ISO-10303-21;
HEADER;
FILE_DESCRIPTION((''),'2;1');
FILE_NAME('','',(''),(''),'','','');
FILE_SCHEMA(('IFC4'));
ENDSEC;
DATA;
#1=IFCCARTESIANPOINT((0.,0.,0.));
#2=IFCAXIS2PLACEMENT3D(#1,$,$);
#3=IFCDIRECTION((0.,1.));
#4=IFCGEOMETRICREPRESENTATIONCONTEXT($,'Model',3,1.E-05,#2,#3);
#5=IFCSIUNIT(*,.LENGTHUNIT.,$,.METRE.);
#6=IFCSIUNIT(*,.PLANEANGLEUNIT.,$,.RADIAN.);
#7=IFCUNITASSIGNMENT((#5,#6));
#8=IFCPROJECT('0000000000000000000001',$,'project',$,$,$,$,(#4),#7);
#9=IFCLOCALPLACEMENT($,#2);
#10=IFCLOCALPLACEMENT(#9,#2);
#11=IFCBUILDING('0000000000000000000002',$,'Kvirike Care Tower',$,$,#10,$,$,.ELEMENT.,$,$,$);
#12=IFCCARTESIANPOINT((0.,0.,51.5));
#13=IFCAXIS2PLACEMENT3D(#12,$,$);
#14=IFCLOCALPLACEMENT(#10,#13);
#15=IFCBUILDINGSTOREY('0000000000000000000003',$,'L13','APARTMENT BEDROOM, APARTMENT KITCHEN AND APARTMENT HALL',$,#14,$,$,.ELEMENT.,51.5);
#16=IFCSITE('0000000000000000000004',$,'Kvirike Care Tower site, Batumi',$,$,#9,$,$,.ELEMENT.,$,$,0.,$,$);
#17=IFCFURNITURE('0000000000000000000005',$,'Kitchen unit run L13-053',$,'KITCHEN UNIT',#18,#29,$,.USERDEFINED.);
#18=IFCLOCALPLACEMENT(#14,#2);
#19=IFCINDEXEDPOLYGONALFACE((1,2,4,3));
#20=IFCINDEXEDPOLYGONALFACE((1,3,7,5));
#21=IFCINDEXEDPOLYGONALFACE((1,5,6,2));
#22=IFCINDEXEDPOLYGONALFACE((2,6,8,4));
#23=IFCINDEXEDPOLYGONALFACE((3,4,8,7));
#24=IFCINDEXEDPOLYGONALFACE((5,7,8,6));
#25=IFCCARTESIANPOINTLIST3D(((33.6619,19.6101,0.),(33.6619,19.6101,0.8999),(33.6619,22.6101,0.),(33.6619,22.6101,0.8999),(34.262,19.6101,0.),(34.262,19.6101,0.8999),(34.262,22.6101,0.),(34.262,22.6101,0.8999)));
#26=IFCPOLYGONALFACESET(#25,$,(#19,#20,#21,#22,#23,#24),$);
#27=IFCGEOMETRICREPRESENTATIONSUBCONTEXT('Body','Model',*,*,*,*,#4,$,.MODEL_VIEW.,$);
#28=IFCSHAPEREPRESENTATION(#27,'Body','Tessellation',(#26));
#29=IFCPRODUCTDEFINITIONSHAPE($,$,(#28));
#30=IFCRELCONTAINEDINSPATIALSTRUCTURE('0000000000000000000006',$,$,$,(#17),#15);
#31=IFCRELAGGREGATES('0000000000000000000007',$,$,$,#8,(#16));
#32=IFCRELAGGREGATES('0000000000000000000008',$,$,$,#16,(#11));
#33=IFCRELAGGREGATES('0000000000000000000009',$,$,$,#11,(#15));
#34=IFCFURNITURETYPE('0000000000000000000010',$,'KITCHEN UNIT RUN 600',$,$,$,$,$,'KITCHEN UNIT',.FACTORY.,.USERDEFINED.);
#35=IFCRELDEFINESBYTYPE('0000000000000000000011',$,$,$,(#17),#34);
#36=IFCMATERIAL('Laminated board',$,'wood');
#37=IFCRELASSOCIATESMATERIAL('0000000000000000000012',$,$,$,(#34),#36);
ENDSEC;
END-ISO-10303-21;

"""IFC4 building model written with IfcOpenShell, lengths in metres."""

from ifc_helpers import new_model, si_unit, direction, frame, origin, origin_2d, place, context, subcontext, project, spatial, rectangle, extrude, material, type_object, element, save


model = new_model("IFC4")

# Units and contexts
model_context = context("Model", 3, precision=1e-05, world=origin(), true_north=direction((0.0, 1.0)))
body_context = subcontext(model_context, "Body", "Model", "MODEL_VIEW")
ifc_project = project(units=[si_unit("LENGTHUNIT", "METRE"), si_unit("PLANEANGLEUNIT", "RADIAN")], contexts=[model_context])

# Site, building, storey
site_placement = place(None, origin())
site = spatial("IfcSite", under=ifc_project, at=site_placement, Name="Kvirike Care Tower site, Batumi", CompositionType="ELEMENT", RefElevation=0.0)
building_placement = place(site_placement, origin())
building = spatial("IfcBuilding", under=site, at=building_placement, Name="Kvirike Care Tower", CompositionType="ELEMENT")
storey_placement = place(building_placement, frame((0.0, 0.0, 51.5)))
storey = spatial("IfcBuildingStorey", under=building, at=storey_placement, Name="L13", Description="APARTMENT BEDROOM, APARTMENT KITCHEN AND APARTMENT HALL", CompositionType="ELEMENT", Elevation=51.5)

# Furniture
ifc_material_1 = material(Name="Laminated board", Category="wood")
furniture_type_1 = type_object("IfcFurnitureType", Name="KITCHEN UNIT RUN 600", ElementType="KITCHEN UNIT", AssemblyPlace="FACTORY", PredefinedType="USERDEFINED", material=ifc_material_1)
furniture_1_placement = place(storey_placement, frame((33.9619, 21.1101, 0.0), z_axis=(0.0, 0.0, 1.0), x_axis=(0.0, 1.0, 0.0)))
element("IfcFurniture", 1, at=furniture_1_placement, inside=storey, type_object=furniture_type_1, Name="Kitchen unit run L13-053", ObjectType="KITCHEN UNIT", PredefinedType="USERDEFINED", context=body_context, shape_type="SweptSolid", body=[
    extrude(rectangle(XDim=3.0, YDim=0.6001, at=origin_2d()), origin(), (0.0, 0.0, 1.0), 0.8999),
])

save(model, "model.ifc")
